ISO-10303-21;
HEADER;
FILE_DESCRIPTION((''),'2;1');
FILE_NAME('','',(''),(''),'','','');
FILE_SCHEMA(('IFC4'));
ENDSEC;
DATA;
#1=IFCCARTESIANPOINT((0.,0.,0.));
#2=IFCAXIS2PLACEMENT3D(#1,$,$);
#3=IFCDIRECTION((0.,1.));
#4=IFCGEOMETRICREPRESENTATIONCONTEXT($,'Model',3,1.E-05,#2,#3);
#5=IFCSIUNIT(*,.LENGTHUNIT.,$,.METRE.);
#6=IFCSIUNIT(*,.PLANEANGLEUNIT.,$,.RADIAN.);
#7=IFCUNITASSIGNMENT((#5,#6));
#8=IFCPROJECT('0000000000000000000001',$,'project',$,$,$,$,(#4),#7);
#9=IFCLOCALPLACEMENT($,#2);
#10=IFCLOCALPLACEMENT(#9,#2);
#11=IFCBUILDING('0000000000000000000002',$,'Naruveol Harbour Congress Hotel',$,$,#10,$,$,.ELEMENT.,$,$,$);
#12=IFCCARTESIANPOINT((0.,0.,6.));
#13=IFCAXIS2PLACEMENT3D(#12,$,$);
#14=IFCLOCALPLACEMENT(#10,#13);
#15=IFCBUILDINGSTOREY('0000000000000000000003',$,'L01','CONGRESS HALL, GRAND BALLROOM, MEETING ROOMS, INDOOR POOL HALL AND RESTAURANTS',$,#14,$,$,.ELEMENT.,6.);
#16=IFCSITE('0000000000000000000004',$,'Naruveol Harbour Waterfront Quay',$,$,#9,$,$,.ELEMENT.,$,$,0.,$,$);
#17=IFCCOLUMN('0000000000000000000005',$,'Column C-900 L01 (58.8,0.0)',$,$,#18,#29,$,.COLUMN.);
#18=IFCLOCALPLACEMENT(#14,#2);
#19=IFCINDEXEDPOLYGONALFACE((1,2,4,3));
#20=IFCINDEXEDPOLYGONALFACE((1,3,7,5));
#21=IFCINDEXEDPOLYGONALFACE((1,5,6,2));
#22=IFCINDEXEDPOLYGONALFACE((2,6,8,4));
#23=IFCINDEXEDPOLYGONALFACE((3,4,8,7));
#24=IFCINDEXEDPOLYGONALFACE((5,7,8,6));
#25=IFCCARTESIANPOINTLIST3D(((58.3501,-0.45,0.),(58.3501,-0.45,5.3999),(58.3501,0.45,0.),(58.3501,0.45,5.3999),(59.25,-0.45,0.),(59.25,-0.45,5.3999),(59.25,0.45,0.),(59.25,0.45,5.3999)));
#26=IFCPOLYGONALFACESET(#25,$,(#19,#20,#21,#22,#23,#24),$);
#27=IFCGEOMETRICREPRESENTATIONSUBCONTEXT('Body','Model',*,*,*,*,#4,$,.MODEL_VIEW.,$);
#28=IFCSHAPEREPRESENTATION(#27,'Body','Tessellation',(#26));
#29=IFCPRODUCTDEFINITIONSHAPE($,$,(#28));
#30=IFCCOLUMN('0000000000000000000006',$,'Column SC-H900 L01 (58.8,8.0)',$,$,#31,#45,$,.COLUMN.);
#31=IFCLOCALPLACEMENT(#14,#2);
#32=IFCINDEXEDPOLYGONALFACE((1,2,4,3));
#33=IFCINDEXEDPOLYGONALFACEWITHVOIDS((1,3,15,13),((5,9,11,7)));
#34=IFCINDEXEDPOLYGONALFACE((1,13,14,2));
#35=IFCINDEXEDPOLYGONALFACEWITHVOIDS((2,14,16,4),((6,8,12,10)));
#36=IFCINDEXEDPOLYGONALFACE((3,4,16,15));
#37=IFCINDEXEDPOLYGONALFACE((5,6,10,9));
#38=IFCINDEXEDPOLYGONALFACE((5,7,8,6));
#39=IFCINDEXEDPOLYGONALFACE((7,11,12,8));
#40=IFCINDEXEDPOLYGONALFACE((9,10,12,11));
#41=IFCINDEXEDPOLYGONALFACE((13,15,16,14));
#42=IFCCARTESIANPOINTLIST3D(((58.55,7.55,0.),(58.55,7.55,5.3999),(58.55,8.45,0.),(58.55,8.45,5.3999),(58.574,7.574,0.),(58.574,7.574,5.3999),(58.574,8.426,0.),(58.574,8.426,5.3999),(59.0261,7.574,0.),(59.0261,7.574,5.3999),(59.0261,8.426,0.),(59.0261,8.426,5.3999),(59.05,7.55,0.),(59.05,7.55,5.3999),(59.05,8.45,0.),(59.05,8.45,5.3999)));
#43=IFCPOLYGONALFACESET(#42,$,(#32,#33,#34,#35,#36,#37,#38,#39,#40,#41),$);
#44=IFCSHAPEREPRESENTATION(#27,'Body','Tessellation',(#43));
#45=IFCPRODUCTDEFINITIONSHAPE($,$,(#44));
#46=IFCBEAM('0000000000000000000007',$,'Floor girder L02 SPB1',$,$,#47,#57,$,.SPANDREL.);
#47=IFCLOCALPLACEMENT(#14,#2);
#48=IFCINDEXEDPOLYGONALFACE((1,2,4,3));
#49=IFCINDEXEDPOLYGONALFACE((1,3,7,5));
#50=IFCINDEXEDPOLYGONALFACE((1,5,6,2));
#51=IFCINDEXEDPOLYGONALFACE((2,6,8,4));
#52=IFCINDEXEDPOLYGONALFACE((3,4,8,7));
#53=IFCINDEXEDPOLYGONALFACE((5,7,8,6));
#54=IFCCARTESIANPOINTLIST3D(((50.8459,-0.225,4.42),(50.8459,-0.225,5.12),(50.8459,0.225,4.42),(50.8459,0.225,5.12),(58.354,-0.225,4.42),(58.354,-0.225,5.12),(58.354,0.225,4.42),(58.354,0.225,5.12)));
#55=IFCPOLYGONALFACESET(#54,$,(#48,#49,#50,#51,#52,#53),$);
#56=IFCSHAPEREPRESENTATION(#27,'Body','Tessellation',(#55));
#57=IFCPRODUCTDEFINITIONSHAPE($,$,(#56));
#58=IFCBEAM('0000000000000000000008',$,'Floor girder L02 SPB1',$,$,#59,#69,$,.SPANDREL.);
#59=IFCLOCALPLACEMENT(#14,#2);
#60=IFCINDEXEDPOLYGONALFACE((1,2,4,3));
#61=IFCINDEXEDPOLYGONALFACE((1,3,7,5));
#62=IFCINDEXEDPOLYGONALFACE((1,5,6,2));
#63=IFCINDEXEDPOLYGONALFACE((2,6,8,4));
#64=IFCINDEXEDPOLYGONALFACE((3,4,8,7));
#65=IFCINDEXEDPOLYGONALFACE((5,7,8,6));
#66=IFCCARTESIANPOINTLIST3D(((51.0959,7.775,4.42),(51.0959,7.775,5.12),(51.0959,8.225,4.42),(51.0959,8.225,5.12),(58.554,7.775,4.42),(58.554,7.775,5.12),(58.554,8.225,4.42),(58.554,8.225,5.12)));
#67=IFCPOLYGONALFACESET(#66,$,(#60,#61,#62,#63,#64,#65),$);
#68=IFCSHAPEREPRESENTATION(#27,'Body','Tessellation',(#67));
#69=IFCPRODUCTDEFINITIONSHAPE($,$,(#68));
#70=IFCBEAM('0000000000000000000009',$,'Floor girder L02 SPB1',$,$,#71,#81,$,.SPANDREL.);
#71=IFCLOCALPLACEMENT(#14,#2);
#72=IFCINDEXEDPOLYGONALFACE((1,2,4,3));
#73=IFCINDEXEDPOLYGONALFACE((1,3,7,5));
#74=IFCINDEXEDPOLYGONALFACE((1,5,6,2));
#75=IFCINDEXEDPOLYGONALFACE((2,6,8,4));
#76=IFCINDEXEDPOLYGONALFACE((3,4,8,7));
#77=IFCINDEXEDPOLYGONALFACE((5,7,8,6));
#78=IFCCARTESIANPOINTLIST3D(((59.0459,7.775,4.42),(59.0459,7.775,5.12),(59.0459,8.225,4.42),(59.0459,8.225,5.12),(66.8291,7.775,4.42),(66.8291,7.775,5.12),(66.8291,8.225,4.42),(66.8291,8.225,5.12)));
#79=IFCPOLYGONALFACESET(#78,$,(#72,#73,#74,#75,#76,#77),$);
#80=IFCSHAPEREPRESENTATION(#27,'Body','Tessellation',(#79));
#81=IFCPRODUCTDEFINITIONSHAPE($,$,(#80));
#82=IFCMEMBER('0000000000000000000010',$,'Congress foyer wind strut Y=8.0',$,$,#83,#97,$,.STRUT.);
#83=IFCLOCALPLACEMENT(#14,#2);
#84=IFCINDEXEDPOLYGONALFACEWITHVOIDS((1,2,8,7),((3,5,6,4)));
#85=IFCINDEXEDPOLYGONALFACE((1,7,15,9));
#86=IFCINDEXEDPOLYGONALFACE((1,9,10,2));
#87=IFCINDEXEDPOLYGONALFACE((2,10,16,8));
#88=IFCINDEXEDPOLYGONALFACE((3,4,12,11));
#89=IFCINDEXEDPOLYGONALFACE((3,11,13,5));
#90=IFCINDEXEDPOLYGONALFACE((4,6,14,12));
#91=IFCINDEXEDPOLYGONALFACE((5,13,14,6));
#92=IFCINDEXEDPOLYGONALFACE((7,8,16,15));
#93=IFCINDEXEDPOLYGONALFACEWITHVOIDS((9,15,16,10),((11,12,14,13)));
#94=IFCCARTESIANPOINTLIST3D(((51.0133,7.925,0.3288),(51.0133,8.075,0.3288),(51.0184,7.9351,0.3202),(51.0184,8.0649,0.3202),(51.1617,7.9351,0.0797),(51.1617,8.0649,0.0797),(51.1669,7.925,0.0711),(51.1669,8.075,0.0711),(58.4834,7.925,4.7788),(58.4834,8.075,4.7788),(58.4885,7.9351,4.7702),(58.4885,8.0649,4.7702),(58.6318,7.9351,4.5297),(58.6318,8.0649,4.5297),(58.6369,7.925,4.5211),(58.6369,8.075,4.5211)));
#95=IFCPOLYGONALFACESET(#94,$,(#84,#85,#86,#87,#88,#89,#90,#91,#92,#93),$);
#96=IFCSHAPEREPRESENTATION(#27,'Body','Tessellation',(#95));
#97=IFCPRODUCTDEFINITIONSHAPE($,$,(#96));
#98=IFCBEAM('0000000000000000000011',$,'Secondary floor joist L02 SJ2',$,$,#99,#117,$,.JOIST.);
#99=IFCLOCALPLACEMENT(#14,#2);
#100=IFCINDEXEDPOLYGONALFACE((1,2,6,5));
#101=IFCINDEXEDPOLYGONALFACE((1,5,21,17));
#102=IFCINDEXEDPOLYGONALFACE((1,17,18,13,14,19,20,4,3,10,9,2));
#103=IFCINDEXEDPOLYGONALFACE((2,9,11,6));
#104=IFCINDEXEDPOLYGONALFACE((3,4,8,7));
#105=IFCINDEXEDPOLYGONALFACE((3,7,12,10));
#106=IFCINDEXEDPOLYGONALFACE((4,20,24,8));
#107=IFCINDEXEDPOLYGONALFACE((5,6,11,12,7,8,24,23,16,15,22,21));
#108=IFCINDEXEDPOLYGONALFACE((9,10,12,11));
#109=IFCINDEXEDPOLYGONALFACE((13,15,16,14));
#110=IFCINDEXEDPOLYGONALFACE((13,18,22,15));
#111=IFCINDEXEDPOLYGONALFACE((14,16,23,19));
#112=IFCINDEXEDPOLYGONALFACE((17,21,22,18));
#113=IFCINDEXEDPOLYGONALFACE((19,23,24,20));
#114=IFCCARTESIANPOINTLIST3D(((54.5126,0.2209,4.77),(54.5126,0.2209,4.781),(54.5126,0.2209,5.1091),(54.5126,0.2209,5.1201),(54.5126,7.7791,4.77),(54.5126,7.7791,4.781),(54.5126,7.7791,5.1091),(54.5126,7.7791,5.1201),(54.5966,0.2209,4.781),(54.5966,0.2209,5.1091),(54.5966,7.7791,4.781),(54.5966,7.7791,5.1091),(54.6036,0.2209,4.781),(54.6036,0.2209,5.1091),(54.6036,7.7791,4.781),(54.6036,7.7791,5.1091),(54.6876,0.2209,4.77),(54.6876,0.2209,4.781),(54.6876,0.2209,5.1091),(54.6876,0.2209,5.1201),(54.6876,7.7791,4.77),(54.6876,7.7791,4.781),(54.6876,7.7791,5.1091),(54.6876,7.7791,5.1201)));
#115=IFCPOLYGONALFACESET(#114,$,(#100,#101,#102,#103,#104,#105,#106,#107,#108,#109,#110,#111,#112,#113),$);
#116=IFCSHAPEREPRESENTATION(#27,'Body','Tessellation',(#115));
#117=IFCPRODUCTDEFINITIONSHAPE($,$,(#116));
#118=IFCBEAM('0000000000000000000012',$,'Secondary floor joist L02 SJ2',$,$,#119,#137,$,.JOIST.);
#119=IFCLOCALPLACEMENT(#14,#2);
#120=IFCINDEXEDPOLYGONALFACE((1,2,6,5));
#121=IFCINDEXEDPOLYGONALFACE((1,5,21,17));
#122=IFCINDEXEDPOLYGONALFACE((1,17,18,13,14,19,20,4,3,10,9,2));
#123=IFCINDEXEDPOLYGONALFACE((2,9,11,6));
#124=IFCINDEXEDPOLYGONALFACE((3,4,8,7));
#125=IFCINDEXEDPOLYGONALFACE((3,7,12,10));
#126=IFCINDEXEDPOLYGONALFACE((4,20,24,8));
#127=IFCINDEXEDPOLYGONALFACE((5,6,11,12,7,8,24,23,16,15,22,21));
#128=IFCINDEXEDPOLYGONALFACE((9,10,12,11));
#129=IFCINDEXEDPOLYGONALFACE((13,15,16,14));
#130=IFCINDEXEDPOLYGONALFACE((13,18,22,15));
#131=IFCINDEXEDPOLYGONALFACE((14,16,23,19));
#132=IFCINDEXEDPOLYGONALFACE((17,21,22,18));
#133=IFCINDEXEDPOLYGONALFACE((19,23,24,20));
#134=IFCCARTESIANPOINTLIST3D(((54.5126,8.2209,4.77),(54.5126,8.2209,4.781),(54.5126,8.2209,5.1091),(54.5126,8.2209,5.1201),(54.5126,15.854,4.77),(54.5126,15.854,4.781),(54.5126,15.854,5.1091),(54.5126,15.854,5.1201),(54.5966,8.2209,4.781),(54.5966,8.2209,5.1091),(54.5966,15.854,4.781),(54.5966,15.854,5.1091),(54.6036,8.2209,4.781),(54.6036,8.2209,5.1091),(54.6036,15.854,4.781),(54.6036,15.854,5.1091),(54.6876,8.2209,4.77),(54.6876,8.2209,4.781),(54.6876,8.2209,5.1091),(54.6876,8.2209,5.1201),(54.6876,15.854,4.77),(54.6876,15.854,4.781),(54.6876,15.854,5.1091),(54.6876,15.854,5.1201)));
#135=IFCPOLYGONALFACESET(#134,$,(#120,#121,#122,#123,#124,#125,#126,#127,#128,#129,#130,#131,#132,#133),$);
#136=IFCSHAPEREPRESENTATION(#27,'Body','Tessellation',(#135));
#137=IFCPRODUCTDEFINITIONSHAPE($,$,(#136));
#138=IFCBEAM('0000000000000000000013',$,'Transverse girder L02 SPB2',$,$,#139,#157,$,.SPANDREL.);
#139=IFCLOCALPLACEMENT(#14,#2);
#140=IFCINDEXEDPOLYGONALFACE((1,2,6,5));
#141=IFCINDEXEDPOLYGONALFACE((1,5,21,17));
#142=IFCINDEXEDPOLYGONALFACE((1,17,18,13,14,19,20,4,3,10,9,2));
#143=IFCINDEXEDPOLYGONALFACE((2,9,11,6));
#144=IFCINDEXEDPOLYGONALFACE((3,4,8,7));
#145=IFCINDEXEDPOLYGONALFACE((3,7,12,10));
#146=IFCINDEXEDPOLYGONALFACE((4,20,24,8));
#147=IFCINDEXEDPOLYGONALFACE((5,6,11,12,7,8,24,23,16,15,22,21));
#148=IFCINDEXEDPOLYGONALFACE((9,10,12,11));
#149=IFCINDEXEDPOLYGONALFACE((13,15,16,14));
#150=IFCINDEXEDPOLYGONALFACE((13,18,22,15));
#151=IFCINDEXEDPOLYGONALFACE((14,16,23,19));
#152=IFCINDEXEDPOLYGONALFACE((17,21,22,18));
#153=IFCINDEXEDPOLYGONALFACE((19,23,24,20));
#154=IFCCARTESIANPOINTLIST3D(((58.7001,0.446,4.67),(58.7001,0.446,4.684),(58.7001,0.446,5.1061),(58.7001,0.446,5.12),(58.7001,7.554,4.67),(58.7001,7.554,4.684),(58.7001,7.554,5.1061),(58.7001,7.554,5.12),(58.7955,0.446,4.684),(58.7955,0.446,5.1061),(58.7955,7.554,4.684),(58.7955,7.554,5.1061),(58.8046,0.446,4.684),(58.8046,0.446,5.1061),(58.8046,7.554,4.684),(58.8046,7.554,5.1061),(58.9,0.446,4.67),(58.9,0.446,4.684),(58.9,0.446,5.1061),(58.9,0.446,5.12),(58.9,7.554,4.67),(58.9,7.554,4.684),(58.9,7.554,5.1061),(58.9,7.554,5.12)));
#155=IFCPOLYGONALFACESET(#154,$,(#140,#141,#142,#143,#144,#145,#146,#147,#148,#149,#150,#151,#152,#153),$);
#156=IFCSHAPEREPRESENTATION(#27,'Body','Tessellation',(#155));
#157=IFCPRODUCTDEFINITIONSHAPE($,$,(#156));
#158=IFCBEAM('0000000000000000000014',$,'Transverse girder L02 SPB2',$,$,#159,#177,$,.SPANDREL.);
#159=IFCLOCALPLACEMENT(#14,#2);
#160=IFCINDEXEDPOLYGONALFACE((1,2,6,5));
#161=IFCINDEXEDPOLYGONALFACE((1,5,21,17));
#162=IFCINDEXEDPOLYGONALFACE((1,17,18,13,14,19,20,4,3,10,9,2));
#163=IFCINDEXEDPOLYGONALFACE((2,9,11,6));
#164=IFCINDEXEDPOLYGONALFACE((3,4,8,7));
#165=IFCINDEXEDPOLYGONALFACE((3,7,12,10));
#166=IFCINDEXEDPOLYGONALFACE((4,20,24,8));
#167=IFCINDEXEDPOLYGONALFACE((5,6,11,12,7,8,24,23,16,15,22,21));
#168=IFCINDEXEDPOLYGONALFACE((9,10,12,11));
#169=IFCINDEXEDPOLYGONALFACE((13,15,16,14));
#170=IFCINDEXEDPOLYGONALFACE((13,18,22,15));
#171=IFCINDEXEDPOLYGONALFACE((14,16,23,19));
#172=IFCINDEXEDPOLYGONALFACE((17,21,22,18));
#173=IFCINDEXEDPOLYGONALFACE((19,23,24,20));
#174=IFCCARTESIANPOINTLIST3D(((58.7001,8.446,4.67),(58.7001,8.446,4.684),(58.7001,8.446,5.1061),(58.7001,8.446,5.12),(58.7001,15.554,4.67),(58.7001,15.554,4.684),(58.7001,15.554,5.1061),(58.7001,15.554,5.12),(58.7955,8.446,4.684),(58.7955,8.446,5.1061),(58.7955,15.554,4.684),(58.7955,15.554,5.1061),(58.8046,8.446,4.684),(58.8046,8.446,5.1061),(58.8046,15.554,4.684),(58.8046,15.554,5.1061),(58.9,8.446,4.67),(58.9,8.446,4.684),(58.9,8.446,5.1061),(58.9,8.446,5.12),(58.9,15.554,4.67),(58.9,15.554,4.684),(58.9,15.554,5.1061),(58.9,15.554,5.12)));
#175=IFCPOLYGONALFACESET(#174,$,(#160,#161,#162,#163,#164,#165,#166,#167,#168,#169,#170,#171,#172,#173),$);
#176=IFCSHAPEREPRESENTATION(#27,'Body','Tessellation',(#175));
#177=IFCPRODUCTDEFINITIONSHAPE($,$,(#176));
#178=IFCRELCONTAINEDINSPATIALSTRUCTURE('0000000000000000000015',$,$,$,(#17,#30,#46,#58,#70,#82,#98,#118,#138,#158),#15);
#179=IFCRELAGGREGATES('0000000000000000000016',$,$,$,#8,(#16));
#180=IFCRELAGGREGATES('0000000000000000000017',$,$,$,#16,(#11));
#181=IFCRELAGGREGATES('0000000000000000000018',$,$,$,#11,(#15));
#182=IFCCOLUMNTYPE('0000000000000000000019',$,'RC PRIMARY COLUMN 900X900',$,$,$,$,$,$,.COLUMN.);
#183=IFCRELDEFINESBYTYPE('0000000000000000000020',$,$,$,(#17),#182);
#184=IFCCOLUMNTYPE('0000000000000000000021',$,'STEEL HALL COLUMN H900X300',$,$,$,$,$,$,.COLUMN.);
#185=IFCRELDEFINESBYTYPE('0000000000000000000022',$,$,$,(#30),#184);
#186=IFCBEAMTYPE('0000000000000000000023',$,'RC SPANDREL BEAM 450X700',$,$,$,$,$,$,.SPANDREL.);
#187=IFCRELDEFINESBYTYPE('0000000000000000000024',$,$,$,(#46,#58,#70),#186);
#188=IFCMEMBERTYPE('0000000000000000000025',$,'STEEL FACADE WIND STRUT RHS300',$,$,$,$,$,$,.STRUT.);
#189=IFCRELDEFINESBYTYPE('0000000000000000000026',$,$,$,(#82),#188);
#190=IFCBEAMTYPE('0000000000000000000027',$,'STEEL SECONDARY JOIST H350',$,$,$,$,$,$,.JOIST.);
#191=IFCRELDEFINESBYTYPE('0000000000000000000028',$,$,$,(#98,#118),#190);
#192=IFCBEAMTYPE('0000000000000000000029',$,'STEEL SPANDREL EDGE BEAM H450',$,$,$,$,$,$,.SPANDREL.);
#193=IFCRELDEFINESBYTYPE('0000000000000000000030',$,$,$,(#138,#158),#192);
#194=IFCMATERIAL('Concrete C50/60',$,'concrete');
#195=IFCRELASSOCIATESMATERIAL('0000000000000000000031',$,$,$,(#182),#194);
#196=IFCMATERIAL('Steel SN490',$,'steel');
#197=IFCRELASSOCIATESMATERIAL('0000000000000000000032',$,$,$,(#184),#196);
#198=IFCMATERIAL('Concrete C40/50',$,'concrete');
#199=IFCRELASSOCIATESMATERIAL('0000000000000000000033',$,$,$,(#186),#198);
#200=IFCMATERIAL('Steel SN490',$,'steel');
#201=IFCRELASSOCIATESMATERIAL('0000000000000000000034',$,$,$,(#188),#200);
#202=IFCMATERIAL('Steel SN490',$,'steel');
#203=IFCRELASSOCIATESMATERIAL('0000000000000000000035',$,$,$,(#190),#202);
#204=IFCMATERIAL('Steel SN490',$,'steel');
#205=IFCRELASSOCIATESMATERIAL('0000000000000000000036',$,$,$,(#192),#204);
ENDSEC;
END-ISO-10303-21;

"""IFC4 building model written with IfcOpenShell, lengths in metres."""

from ifc_helpers import new_model, si_unit, direction, frame, origin, origin_2d, place, context, subcontext, project, spatial, rectangle, hollow_rectangle, i_section, extrude, material, material_profile, profile_set, type_object, element, save


model = new_model("IFC4")

# Units and contexts
model_context = context("Model", 3, precision=1e-05, world=origin(), true_north=direction((0.0, 1.0)))
body_context = subcontext(model_context, "Body", "Model", "MODEL_VIEW")
ifc_project = project(units=[si_unit("LENGTHUNIT", "METRE"), si_unit("PLANEANGLEUNIT", "RADIAN")], contexts=[model_context])

# Site, building, storey
site_placement = place(None, origin())
site = spatial("IfcSite", under=ifc_project, at=site_placement, Name="Naruveol Harbour Waterfront Quay", CompositionType="ELEMENT", RefElevation=0.0)
building_placement = place(site_placement, origin())
building = spatial("IfcBuilding", under=site, at=building_placement, Name="Naruveol Harbour Congress Hotel", CompositionType="ELEMENT")
storey_placement = place(building_placement, frame((0.0, 0.0, 6.0)))
storey = spatial("IfcBuildingStorey", under=building, at=storey_placement, Name="L01", Description="CONGRESS HALL, GRAND BALLROOM, MEETING ROOMS, INDOOR POOL HALL AND RESTAURANTS", CompositionType="ELEMENT", Elevation=6.0)

# Columns
ifc_material_1 = material(Name="Concrete C50/60", Category="concrete")
ifc_material_profile_1 = material_profile(ifc_material_1, rectangle(XDim=0.8999, YDim=0.8999, at=origin_2d()), Name="RC-900x900")
ifc_profile_set_1 = profile_set([ifc_material_profile_1], Name="Concrete C50/60")
column_type_1 = type_object("IfcColumnType", Name="RC PRIMARY COLUMN 900X900", PredefinedType="COLUMN", material=ifc_profile_set_1)
column_1_placement = place(storey_placement, frame((58.8, 0.0, 0.0), z_axis=(0.0, 0.0, 1.0), x_axis=(1.0, 0.0, 0.0)))
element("IfcColumn", 1, at=column_1_placement, inside=storey, type_object=column_type_1, Name="Column C-900 L01 (58.8,0.0)", PredefinedType="COLUMN", context=body_context, shape_type="SweptSolid", body=[
    extrude(rectangle(XDim=0.8999, YDim=0.8999, at=origin_2d()), origin(), (0.0, 0.0, 1.0), 5.3999),
])
ifc_material_2 = material(Name="Steel SN490", Category="steel")
ifc_material_profile_2 = material_profile(ifc_material_2, hollow_rectangle(XDim=0.5, YDim=0.8999, WallThickness=0.0239, at=origin_2d()), Name="RHS-900x500x24")
ifc_profile_set_2 = profile_set([ifc_material_profile_2], Name="Steel SN490")
column_type_2 = type_object("IfcColumnType", Name="STEEL HALL COLUMN H900X300", PredefinedType="COLUMN", material=ifc_profile_set_2)
column_2_placement = place(storey_placement, frame((58.8, 8.0, 0.0), z_axis=(0.0, 0.0, 1.0), x_axis=(1.0, 0.0, 0.0)))
element("IfcColumn", 2, at=column_2_placement, inside=storey, type_object=column_type_2, Name="Column SC-H900 L01 (58.8,8.0)", PredefinedType="COLUMN", context=body_context, shape_type="SweptSolid", body=[
    extrude(hollow_rectangle(XDim=0.5, YDim=0.8999, WallThickness=0.0239, at=origin_2d()), origin(), (0.0, 0.0, 1.0), 5.3999),
])

# Beams
ifc_material_3 = material(Name="Concrete C40/50", Category="concrete")
ifc_material_profile_3 = material_profile(ifc_material_3, rectangle(XDim=0.45, YDim=0.7, at=origin_2d()), Name="RCB-450x700")
ifc_profile_set_3 = profile_set([ifc_material_profile_3], Name="Concrete C40/50")
beam_type_1 = type_object("IfcBeamType", Name="RC SPANDREL BEAM 450X700", PredefinedType="SPANDREL", material=ifc_profile_set_3)
beam_1_placement = place(storey_placement, frame((50.8459, 0.0, 4.77), z_axis=(1.0, 0.0, 0.0), x_axis=(0.0, 1.0, 0.0)))
element("IfcBeam", 3, at=beam_1_placement, inside=storey, type_object=beam_type_1, Name="Floor girder L02 SPB1", PredefinedType="SPANDREL", context=body_context, shape_type="SweptSolid", body=[
    extrude(rectangle(XDim=0.45, YDim=0.7, at=origin_2d()), origin(), (0.0, 0.0, 1.0), 7.5081),
])
beam_2_placement = place(storey_placement, frame((51.0959, 8.0, 4.77), z_axis=(1.0, 0.0, 0.0), x_axis=(0.0, 1.0, 0.0)))
element("IfcBeam", 4, at=beam_2_placement, inside=storey, type_object=beam_type_1, Name="Floor girder L02 SPB1", PredefinedType="SPANDREL", context=body_context, shape_type="SweptSolid", body=[
    extrude(rectangle(XDim=0.45, YDim=0.7, at=origin_2d()), origin(), (0.0, 0.0, 1.0), 7.458),
])
beam_3_placement = place(storey_placement, frame((59.0459, 8.0, 4.77), z_axis=(1.0, 0.0, 0.0), x_axis=(0.0, 1.0, 0.0)))
element("IfcBeam", 5, at=beam_3_placement, inside=storey, type_object=beam_type_1, Name="Floor girder L02 SPB1", PredefinedType="SPANDREL", context=body_context, shape_type="SweptSolid", body=[
    extrude(rectangle(XDim=0.45, YDim=0.7, at=origin_2d()), origin(), (0.0, 0.0, 1.0), 7.7832),
])

# Member
ifc_material_4 = material(Name="Steel SN490", Category="steel")
ifc_material_profile_4 = material_profile(ifc_material_4, hollow_rectangle(XDim=0.1499, YDim=0.3, WallThickness=0.01, at=origin_2d()), Name="RHS-300x150x10")
ifc_profile_set_4 = profile_set([ifc_material_profile_4], Name="Steel SN490")
member_type_1 = type_object("IfcMemberType", Name="STEEL FACADE WIND STRUT RHS300", PredefinedType="STRUT", material=ifc_profile_set_4)
member_1_placement = place(storey_placement, frame((51.0901, 8.0, 0.2), z_axis=(0.859114, 0.0, 0.511784), x_axis=(0.0, 1.0, 0.0)))
element("IfcMember", 6, at=member_1_placement, inside=storey, type_object=member_type_1, Name="Congress foyer wind strut Y=8.0", PredefinedType="STRUT", context=body_context, shape_type="SweptSolid", body=[
    extrude(hollow_rectangle(XDim=0.1499, YDim=0.3, WallThickness=0.01, at=origin_2d()), origin(), (0.0, 0.0, 1.0), 8.6951),
])

# Beams
ifc_material_5 = material(Name="Steel SN490", Category="steel")
ifc_material_profile_5 = material_profile(ifc_material_5, i_section(OverallWidth=0.175, OverallDepth=0.3501, WebThickness=0.0071, FlangeThickness=0.011, at=origin_2d()), Name="H-350x175x7x11")
ifc_profile_set_5 = profile_set([ifc_material_profile_5], Name="Steel SN490")
beam_type_2 = type_object("IfcBeamType", Name="STEEL SECONDARY JOIST H350", PredefinedType="JOIST", material=ifc_profile_set_5)
beam_4_placement = place(storey_placement, frame((54.6001, 0.2209, 4.9451), z_axis=(0.0, 1.0, 0.0), x_axis=(-1.0, 0.0, 0.0)))
element("IfcBeam", 7, at=beam_4_placement, inside=storey, type_object=beam_type_2, Name="Secondary floor joist L02 SJ2", PredefinedType="JOIST", context=body_context, shape_type="SweptSolid", body=[
    extrude(i_section(OverallWidth=0.175, OverallDepth=0.3501, WebThickness=0.0071, FlangeThickness=0.011, at=origin_2d()), origin(), (0.0, 0.0, 1.0), 7.5581),
])
beam_5_placement = place(storey_placement, frame((54.6001, 8.2209, 4.9451), z_axis=(0.0, 1.0, 0.0), x_axis=(-1.0, 0.0, 0.0)))
element("IfcBeam", 8, at=beam_5_placement, inside=storey, type_object=beam_type_2, Name="Secondary floor joist L02 SJ2", PredefinedType="JOIST", context=body_context, shape_type="SweptSolid", body=[
    extrude(i_section(OverallWidth=0.175, OverallDepth=0.3501, WebThickness=0.0071, FlangeThickness=0.011, at=origin_2d()), origin(), (0.0, 0.0, 1.0), 7.6331),
])
ifc_material_6 = material(Name="Steel SN490", Category="steel")
ifc_material_profile_6 = material_profile(ifc_material_6, i_section(OverallWidth=0.2, OverallDepth=0.45, WebThickness=0.009, FlangeThickness=0.0139, at=origin_2d()), Name="H-450x200x9x14")
ifc_profile_set_6 = profile_set([ifc_material_profile_6], Name="Steel SN490")
beam_type_3 = type_object("IfcBeamType", Name="STEEL SPANDREL EDGE BEAM H450", PredefinedType="SPANDREL", material=ifc_profile_set_6)
for number, where, z_axis, x_axis, name in (
    (9, (58.8, 0.446, 4.895), (0.0, 1.0, 0.0), (-1.0, 0.0, 0.0), "Transverse girder L02 SPB2"),
    (10, (58.8, 8.446, 4.895), (0.0, 1.0, 0.0), (-1.0, 0.0, 0.0), "Transverse girder L02 SPB2"),
):
    element("IfcBeam", number, at=place(storey_placement, frame(where, z_axis=z_axis, x_axis=x_axis)), inside=storey, type_object=beam_type_3, Name=name, PredefinedType="SPANDREL", context=body_context, shape_type="SweptSolid", body=[
        extrude(i_section(OverallWidth=0.2, OverallDepth=0.45, WebThickness=0.009, FlangeThickness=0.0139, at=origin_2d()), origin(), (0.0, 0.0, 1.0), 7.1079),
    ])

save(model, "model.ifc")
